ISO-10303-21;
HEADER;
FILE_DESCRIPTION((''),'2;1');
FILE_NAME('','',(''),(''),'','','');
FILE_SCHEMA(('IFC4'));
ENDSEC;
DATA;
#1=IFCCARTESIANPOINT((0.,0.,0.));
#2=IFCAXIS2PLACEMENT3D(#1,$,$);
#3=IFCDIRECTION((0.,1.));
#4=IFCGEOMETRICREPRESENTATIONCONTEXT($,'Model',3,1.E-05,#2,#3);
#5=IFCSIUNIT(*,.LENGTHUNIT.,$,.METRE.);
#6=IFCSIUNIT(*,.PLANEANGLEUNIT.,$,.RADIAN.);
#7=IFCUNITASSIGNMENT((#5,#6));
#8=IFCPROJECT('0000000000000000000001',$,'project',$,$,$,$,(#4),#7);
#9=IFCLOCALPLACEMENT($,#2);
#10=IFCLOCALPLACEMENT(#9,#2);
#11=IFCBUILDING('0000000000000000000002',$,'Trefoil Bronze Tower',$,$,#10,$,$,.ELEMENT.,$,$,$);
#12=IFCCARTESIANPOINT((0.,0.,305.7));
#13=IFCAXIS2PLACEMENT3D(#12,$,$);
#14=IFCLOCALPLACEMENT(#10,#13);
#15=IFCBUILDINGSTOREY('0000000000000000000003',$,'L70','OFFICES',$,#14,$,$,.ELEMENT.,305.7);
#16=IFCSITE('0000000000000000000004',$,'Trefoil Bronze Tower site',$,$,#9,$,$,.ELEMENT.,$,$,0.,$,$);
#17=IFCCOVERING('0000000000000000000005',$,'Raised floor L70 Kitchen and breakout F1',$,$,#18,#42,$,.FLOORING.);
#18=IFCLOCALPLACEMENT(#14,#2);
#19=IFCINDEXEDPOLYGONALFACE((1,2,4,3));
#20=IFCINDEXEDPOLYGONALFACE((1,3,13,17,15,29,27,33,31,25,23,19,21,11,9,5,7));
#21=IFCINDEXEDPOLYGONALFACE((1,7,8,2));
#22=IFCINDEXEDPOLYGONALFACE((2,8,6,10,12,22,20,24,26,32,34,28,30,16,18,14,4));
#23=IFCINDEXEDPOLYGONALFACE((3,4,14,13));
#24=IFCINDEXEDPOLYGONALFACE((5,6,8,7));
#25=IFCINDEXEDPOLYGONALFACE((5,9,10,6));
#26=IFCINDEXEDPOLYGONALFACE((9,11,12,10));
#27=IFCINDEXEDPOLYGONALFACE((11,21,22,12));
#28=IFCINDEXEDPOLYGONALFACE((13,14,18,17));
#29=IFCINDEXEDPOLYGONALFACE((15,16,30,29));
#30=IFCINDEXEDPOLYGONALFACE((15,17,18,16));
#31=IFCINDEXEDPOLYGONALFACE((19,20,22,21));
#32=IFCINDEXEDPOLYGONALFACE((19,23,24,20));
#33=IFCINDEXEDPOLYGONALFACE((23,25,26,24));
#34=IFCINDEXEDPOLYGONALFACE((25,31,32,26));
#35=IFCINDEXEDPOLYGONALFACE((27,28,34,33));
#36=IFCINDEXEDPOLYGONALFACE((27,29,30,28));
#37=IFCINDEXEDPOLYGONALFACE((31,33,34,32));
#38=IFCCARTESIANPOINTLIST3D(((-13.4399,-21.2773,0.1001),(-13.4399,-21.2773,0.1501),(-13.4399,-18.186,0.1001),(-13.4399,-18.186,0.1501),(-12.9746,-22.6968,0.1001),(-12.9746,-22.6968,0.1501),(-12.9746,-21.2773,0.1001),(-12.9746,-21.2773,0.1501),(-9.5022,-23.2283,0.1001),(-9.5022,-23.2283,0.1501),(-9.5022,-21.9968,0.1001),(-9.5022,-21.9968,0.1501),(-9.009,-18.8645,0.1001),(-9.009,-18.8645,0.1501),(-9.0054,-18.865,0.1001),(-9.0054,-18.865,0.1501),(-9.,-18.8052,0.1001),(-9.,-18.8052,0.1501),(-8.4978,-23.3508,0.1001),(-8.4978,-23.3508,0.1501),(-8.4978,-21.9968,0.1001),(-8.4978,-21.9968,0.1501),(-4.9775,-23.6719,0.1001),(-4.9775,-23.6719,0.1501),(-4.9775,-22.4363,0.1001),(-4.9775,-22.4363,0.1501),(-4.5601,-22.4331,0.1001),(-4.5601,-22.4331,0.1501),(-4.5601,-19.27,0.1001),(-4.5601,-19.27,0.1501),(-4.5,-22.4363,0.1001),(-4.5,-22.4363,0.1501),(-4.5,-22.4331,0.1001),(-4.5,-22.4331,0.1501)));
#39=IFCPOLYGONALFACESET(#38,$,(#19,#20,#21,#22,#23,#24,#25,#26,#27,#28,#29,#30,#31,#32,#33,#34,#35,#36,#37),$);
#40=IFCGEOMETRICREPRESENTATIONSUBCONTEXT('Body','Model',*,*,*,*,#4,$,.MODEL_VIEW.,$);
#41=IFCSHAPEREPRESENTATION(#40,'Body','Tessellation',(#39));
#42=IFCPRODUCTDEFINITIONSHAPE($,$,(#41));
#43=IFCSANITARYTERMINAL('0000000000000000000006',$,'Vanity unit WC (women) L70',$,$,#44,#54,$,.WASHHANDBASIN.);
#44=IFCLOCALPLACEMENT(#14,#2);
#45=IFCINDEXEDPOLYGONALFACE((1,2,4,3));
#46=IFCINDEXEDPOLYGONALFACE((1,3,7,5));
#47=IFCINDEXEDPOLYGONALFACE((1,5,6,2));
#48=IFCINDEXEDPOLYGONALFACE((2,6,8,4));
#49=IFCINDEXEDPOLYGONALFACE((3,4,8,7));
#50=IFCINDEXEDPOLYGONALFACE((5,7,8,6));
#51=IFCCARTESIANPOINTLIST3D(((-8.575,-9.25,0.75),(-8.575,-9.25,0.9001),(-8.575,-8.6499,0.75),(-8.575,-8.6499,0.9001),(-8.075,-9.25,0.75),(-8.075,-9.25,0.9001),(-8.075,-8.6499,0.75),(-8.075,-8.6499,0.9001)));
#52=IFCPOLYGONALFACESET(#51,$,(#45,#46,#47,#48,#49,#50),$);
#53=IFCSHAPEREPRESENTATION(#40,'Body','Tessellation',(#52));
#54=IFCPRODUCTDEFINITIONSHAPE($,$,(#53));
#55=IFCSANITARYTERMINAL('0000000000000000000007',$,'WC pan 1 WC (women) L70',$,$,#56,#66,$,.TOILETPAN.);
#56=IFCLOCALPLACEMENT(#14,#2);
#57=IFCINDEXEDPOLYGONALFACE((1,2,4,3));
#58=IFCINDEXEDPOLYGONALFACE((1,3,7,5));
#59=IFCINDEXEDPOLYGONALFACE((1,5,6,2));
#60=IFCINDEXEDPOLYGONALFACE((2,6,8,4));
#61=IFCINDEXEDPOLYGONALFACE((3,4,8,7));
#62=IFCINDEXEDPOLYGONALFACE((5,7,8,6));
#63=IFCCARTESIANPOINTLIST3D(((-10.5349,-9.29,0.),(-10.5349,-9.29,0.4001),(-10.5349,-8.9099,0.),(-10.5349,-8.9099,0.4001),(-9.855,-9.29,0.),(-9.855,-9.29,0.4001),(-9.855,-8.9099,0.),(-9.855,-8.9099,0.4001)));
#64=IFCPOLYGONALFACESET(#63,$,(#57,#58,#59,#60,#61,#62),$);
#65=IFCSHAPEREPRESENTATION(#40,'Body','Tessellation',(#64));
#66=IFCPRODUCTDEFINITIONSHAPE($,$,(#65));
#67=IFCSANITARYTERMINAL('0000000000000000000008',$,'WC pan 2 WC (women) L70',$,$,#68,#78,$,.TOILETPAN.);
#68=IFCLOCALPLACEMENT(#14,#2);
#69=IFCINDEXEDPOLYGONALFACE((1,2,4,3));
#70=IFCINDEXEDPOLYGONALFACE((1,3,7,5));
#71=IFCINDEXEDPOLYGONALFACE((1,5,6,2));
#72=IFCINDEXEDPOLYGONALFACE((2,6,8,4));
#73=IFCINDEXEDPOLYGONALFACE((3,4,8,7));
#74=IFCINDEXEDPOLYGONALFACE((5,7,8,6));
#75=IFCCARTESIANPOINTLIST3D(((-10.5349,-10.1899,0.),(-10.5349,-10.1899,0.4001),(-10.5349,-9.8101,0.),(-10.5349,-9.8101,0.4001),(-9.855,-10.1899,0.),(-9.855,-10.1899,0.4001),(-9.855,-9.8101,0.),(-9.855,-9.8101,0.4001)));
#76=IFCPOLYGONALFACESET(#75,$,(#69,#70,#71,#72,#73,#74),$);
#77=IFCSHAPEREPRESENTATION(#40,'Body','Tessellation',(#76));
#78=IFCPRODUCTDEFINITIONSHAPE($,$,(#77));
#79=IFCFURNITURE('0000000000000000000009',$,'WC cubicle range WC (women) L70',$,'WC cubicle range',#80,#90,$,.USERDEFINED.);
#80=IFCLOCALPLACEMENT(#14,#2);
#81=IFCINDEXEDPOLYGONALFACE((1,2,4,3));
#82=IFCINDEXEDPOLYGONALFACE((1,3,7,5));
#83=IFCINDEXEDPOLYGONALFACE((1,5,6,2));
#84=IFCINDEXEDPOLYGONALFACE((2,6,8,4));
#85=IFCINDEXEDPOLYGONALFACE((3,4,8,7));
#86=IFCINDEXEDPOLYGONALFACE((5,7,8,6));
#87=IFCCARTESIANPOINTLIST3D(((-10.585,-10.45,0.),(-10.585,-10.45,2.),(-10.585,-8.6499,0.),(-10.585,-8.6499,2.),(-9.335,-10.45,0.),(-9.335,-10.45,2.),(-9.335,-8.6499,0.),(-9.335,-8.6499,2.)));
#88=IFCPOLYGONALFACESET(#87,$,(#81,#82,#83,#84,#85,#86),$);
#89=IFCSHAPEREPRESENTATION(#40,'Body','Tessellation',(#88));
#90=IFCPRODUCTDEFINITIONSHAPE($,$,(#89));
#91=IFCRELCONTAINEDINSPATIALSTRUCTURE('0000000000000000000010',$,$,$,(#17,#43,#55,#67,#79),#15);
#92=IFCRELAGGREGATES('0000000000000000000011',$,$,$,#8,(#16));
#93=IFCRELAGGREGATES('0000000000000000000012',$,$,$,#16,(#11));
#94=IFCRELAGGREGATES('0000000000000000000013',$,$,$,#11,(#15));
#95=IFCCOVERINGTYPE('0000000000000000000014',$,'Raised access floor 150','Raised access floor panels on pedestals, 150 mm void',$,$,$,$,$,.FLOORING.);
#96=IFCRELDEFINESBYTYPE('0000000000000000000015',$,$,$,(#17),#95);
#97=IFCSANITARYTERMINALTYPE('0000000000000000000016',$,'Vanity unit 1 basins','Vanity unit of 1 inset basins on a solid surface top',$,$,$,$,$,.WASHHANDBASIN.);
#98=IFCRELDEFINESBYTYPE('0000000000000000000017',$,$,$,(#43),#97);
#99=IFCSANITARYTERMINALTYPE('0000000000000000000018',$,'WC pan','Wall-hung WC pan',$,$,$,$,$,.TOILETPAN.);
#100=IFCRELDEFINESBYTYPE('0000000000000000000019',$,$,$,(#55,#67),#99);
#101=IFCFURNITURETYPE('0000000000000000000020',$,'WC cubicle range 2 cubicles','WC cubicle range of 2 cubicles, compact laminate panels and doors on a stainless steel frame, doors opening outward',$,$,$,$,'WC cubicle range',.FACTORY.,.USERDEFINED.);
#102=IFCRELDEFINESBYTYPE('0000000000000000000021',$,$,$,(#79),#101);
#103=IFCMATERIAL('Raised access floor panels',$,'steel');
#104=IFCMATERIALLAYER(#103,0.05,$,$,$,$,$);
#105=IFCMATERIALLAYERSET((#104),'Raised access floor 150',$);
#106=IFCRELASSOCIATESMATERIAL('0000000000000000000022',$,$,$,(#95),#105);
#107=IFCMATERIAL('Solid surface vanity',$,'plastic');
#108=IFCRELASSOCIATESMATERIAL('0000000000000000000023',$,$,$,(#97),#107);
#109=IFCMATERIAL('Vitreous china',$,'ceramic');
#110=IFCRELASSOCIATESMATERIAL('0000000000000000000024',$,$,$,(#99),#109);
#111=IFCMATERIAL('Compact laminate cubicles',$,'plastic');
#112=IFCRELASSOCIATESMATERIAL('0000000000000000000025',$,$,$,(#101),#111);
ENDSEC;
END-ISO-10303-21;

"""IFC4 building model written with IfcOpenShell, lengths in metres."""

from ifc_helpers import new_model, si_unit, direction, frame, origin, place, context, subcontext, project, spatial, polyline, outline, extrude, material, layer, layer_set, type_object, element, save


model = new_model("IFC4")

# Units and contexts
model_context = context("Model", 3, precision=1e-05, world=origin(), true_north=direction((0.0, 1.0)))
body_context = subcontext(model_context, "Body", "Model", "MODEL_VIEW")
ifc_project = project(units=[si_unit("LENGTHUNIT", "METRE"), si_unit("PLANEANGLEUNIT", "RADIAN")], contexts=[model_context])

# Site, building, storey
site_placement = place(None, origin())
site = spatial("IfcSite", under=ifc_project, at=site_placement, Name="Trefoil Bronze Tower site", CompositionType="ELEMENT", RefElevation=0.0)
building_placement = place(site_placement, origin())
building = spatial("IfcBuilding", under=site, at=building_placement, Name="Trefoil Bronze Tower", CompositionType="ELEMENT")
storey_placement = place(building_placement, frame((0.0, 0.0, 305.7)))
storey = spatial("IfcBuildingStorey", under=building, at=storey_placement, Name="L70", Description="OFFICES", CompositionType="ELEMENT", Elevation=305.7)

# Covering
ifc_material_1 = material(Name="Raised access floor panels", Category="steel")
ifc_layer_1 = layer(ifc_material_1, 0.05)
ifc_layer_set_1 = layer_set([ifc_layer_1], Name="Raised access floor 150")
covering_type_1 = type_object("IfcCoveringType", Name="Raised access floor 150", Description="Raised access floor panels on pedestals, 150 mm void", PredefinedType="FLOORING", material=ifc_layer_set_1)
covering_1_placement = place(storey_placement, frame((0.0, 0.0, 0.1001)))
element("IfcCovering", 1, at=covering_1_placement, inside=storey, type_object=covering_type_1, Name="Raised floor L70 Kitchen and breakout F1", PredefinedType="FLOORING", context=body_context, shape_type="SweptSolid", body=[
    extrude(outline(polyline([(-8.4978, -23.3508), (-8.4978, -21.9968), (-9.5022, -21.9968), (-9.5022, -23.2283), (-12.9746, -22.6968), (-12.9746, -21.2773), (-13.4399, -21.2773), (-13.4399, -18.186), (-9.009, -18.8645), (-9.0, -18.8052), (-9.0054, -18.865), (-4.5601, -19.27), (-4.5601, -22.4331), (-4.5, -22.4331), (-4.5, -22.4363), (-4.9775, -22.4363), (-4.9775, -23.6719), (-8.4978, -23.3508)])), origin(), (0.0, 0.0, 1.0), 0.05),
])

# Sanitary terminals
ifc_material_2 = material(Name="Solid surface vanity", Category="plastic")
sanitary_terminal_type_1 = type_object("IfcSanitaryTerminalType", Name="Vanity unit 1 basins", Description="Vanity unit of 1 inset basins on a solid surface top", PredefinedType="WASHHANDBASIN", material=ifc_material_2)
sanitary_terminal_1_placement = place(storey_placement, frame((0.0, 0.0, 0.75)))
element("IfcSanitaryTerminal", 2, at=sanitary_terminal_1_placement, inside=storey, type_object=sanitary_terminal_type_1, Name="Vanity unit WC (women) L70", PredefinedType="WASHHANDBASIN", context=body_context, shape_type="SweptSolid", body=[
    extrude(outline(polyline([(-8.075, -8.6499), (-8.575, -8.6499), (-8.575, -9.25), (-8.075, -9.25), (-8.075, -8.6499)])), origin(), (0.0, 0.0, 1.0), 0.1501),
])
ifc_material_3 = material(Name="Vitreous china", Category="ceramic")
sanitary_terminal_type_2 = type_object("IfcSanitaryTerminalType", Name="WC pan", Description="Wall-hung WC pan", PredefinedType="TOILETPAN", material=ifc_material_3)
sanitary_terminal_2_placement = place(storey_placement, origin())
element("IfcSanitaryTerminal", 3, at=sanitary_terminal_2_placement, inside=storey, type_object=sanitary_terminal_type_2, Name="WC pan 1 WC (women) L70", PredefinedType="TOILETPAN", context=body_context, shape_type="SweptSolid", body=[
    extrude(outline(polyline([(-9.855, -8.9099), (-10.5349, -8.9099), (-10.5349, -9.29), (-9.855, -9.29), (-9.855, -8.9099)])), origin(), (0.0, 0.0, 1.0), 0.4001),
])
sanitary_terminal_3_placement = place(storey_placement, origin())
element("IfcSanitaryTerminal", 4, at=sanitary_terminal_3_placement, inside=storey, type_object=sanitary_terminal_type_2, Name="WC pan 2 WC (women) L70", PredefinedType="TOILETPAN", context=body_context, shape_type="SweptSolid", body=[
    extrude(outline(polyline([(-9.855, -9.8101), (-10.5349, -9.8101), (-10.5349, -10.1899), (-9.855, -10.1899), (-9.855, -9.8101)])), origin(), (0.0, 0.0, 1.0), 0.4001),
])

# Furniture
ifc_material_4 = material(Name="Compact laminate cubicles", Category="plastic")
furniture_type = type_object("IfcFurnitureType", Name="WC cubicle range 2 cubicles", Description="WC cubicle range of 2 cubicles, compact laminate panels and doors on a stainless steel frame, doors opening outward", ElementType="WC cubicle range", AssemblyPlace="FACTORY", PredefinedType="USERDEFINED", material=ifc_material_4)
furniture_placement = place(storey_placement, origin())
element("IfcFurniture", 5, at=furniture_placement, inside=storey, type_object=furniture_type, Name="WC cubicle range WC (women) L70", ObjectType="WC cubicle range", PredefinedType="USERDEFINED", context=body_context, shape_type="SweptSolid", body=[
    extrude(outline(polyline([(-9.335, -8.6499), (-10.585, -8.6499), (-10.585, -10.45), (-9.335, -10.45), (-9.335, -8.6499)])), origin(), (0.0, 0.0, 1.0), 2.0),
])

save(model, "model.ifc")
